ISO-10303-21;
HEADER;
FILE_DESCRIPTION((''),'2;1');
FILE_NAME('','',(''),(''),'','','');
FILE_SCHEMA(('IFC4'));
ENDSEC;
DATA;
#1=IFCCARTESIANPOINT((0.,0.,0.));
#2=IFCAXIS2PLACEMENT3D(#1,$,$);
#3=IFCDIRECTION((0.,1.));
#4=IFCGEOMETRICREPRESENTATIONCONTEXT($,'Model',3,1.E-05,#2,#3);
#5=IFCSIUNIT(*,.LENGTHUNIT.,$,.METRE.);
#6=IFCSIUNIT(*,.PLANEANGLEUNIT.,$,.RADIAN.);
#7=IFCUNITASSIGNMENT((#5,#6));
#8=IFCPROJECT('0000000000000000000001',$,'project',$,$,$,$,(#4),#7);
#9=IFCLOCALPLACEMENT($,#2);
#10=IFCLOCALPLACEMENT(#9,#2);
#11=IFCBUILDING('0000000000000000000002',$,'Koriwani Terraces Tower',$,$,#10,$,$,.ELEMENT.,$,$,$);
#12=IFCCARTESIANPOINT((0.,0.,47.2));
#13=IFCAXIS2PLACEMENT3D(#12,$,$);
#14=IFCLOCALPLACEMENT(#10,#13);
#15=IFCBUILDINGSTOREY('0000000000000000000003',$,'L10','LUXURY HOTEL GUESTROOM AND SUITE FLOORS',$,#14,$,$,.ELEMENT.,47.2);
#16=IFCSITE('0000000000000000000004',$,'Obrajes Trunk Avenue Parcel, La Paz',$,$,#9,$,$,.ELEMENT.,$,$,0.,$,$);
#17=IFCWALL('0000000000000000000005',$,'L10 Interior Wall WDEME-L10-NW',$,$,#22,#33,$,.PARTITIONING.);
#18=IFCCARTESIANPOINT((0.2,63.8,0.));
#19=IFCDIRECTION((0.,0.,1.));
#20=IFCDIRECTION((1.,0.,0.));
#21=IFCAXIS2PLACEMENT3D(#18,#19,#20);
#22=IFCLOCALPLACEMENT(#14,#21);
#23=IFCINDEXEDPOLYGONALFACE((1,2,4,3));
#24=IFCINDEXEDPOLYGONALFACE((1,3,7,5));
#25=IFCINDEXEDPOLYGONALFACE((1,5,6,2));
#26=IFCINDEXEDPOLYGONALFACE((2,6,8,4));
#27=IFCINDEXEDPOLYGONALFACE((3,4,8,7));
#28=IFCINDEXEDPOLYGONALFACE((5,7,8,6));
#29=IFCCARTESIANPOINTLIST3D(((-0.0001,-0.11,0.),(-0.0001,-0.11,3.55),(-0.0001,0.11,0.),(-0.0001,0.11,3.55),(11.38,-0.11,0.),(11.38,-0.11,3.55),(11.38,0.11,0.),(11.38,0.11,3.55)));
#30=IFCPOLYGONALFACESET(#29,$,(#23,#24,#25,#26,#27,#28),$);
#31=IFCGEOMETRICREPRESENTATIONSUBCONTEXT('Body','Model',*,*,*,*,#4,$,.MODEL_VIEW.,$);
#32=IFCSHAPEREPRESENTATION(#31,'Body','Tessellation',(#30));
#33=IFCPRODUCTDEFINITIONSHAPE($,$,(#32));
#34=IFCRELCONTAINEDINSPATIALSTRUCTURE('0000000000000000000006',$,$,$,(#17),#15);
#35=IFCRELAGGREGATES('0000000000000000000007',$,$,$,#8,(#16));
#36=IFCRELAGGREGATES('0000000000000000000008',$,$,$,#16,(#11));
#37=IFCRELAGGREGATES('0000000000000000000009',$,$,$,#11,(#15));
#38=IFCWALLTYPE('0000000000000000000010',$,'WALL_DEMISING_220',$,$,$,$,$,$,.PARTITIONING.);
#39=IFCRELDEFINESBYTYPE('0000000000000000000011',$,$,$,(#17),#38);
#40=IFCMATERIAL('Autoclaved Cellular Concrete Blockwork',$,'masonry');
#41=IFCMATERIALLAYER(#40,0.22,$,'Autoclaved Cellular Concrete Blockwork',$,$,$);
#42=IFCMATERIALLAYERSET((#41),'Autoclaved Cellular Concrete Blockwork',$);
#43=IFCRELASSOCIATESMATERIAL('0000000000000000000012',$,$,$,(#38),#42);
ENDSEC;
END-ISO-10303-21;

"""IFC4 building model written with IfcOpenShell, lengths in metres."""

from ifc_helpers import new_model, si_unit, direction, frame, frame_2d, origin, place, context, subcontext, project, spatial, rectangle, extrude, material, layer, layer_set, type_object, element, save


model = new_model("IFC4")

# Units and contexts
model_context = context("Model", 3, precision=1e-05, world=origin(), true_north=direction((0.0, 1.0)))
body_context = subcontext(model_context, "Body", "Model", "MODEL_VIEW")
ifc_project = project(units=[si_unit("LENGTHUNIT", "METRE"), si_unit("PLANEANGLEUNIT", "RADIAN")], contexts=[model_context])

# Site, building, storey
site_placement = place(None, origin())
site = spatial("IfcSite", under=ifc_project, at=site_placement, Name="Obrajes Trunk Avenue Parcel, La Paz", CompositionType="ELEMENT", RefElevation=0.0)
building_placement = place(site_placement, origin())
building = spatial("IfcBuilding", under=site, at=building_placement, Name="Koriwani Terraces Tower", CompositionType="ELEMENT")
storey_placement = place(building_placement, frame((0.0, 0.0, 47.2)))
storey = spatial("IfcBuildingStorey", under=building, at=storey_placement, Name="L10", Description="LUXURY HOTEL GUESTROOM AND SUITE FLOORS", CompositionType="ELEMENT", Elevation=47.2)

# Shared definitions
ifc_material_1 = material(Name="Autoclaved Cellular Concrete Blockwork", Category="masonry")

# Wall
ifc_layer_1 = layer(ifc_material_1, 0.22, Name="Autoclaved Cellular Concrete Blockwork")
ifc_layer_set_1 = layer_set([ifc_layer_1], Name="Autoclaved Cellular Concrete Blockwork")
wall_type_1 = type_object("IfcWallType", Name="WALL_DEMISING_220", PredefinedType="PARTITIONING", material=ifc_layer_set_1)
wall_1_placement = place(storey_placement, frame((0.2, 63.8, 0.0), z_axis=(0.0, 0.0, 1.0), x_axis=(1.0, 0.0, 0.0)))
element("IfcWall", 1, at=wall_1_placement, inside=storey, type_object=wall_type_1, Name="L10 Interior Wall WDEME-L10-NW", PredefinedType="PARTITIONING", context=body_context, shape_type="SweptSolid", body=[
    extrude(rectangle(XDim=11.3801, YDim=0.22, at=frame_2d((5.6899, 0.0))), origin(), (0.0, 0.0, 1.0), 3.55),
])

save(model, "model.ifc")
